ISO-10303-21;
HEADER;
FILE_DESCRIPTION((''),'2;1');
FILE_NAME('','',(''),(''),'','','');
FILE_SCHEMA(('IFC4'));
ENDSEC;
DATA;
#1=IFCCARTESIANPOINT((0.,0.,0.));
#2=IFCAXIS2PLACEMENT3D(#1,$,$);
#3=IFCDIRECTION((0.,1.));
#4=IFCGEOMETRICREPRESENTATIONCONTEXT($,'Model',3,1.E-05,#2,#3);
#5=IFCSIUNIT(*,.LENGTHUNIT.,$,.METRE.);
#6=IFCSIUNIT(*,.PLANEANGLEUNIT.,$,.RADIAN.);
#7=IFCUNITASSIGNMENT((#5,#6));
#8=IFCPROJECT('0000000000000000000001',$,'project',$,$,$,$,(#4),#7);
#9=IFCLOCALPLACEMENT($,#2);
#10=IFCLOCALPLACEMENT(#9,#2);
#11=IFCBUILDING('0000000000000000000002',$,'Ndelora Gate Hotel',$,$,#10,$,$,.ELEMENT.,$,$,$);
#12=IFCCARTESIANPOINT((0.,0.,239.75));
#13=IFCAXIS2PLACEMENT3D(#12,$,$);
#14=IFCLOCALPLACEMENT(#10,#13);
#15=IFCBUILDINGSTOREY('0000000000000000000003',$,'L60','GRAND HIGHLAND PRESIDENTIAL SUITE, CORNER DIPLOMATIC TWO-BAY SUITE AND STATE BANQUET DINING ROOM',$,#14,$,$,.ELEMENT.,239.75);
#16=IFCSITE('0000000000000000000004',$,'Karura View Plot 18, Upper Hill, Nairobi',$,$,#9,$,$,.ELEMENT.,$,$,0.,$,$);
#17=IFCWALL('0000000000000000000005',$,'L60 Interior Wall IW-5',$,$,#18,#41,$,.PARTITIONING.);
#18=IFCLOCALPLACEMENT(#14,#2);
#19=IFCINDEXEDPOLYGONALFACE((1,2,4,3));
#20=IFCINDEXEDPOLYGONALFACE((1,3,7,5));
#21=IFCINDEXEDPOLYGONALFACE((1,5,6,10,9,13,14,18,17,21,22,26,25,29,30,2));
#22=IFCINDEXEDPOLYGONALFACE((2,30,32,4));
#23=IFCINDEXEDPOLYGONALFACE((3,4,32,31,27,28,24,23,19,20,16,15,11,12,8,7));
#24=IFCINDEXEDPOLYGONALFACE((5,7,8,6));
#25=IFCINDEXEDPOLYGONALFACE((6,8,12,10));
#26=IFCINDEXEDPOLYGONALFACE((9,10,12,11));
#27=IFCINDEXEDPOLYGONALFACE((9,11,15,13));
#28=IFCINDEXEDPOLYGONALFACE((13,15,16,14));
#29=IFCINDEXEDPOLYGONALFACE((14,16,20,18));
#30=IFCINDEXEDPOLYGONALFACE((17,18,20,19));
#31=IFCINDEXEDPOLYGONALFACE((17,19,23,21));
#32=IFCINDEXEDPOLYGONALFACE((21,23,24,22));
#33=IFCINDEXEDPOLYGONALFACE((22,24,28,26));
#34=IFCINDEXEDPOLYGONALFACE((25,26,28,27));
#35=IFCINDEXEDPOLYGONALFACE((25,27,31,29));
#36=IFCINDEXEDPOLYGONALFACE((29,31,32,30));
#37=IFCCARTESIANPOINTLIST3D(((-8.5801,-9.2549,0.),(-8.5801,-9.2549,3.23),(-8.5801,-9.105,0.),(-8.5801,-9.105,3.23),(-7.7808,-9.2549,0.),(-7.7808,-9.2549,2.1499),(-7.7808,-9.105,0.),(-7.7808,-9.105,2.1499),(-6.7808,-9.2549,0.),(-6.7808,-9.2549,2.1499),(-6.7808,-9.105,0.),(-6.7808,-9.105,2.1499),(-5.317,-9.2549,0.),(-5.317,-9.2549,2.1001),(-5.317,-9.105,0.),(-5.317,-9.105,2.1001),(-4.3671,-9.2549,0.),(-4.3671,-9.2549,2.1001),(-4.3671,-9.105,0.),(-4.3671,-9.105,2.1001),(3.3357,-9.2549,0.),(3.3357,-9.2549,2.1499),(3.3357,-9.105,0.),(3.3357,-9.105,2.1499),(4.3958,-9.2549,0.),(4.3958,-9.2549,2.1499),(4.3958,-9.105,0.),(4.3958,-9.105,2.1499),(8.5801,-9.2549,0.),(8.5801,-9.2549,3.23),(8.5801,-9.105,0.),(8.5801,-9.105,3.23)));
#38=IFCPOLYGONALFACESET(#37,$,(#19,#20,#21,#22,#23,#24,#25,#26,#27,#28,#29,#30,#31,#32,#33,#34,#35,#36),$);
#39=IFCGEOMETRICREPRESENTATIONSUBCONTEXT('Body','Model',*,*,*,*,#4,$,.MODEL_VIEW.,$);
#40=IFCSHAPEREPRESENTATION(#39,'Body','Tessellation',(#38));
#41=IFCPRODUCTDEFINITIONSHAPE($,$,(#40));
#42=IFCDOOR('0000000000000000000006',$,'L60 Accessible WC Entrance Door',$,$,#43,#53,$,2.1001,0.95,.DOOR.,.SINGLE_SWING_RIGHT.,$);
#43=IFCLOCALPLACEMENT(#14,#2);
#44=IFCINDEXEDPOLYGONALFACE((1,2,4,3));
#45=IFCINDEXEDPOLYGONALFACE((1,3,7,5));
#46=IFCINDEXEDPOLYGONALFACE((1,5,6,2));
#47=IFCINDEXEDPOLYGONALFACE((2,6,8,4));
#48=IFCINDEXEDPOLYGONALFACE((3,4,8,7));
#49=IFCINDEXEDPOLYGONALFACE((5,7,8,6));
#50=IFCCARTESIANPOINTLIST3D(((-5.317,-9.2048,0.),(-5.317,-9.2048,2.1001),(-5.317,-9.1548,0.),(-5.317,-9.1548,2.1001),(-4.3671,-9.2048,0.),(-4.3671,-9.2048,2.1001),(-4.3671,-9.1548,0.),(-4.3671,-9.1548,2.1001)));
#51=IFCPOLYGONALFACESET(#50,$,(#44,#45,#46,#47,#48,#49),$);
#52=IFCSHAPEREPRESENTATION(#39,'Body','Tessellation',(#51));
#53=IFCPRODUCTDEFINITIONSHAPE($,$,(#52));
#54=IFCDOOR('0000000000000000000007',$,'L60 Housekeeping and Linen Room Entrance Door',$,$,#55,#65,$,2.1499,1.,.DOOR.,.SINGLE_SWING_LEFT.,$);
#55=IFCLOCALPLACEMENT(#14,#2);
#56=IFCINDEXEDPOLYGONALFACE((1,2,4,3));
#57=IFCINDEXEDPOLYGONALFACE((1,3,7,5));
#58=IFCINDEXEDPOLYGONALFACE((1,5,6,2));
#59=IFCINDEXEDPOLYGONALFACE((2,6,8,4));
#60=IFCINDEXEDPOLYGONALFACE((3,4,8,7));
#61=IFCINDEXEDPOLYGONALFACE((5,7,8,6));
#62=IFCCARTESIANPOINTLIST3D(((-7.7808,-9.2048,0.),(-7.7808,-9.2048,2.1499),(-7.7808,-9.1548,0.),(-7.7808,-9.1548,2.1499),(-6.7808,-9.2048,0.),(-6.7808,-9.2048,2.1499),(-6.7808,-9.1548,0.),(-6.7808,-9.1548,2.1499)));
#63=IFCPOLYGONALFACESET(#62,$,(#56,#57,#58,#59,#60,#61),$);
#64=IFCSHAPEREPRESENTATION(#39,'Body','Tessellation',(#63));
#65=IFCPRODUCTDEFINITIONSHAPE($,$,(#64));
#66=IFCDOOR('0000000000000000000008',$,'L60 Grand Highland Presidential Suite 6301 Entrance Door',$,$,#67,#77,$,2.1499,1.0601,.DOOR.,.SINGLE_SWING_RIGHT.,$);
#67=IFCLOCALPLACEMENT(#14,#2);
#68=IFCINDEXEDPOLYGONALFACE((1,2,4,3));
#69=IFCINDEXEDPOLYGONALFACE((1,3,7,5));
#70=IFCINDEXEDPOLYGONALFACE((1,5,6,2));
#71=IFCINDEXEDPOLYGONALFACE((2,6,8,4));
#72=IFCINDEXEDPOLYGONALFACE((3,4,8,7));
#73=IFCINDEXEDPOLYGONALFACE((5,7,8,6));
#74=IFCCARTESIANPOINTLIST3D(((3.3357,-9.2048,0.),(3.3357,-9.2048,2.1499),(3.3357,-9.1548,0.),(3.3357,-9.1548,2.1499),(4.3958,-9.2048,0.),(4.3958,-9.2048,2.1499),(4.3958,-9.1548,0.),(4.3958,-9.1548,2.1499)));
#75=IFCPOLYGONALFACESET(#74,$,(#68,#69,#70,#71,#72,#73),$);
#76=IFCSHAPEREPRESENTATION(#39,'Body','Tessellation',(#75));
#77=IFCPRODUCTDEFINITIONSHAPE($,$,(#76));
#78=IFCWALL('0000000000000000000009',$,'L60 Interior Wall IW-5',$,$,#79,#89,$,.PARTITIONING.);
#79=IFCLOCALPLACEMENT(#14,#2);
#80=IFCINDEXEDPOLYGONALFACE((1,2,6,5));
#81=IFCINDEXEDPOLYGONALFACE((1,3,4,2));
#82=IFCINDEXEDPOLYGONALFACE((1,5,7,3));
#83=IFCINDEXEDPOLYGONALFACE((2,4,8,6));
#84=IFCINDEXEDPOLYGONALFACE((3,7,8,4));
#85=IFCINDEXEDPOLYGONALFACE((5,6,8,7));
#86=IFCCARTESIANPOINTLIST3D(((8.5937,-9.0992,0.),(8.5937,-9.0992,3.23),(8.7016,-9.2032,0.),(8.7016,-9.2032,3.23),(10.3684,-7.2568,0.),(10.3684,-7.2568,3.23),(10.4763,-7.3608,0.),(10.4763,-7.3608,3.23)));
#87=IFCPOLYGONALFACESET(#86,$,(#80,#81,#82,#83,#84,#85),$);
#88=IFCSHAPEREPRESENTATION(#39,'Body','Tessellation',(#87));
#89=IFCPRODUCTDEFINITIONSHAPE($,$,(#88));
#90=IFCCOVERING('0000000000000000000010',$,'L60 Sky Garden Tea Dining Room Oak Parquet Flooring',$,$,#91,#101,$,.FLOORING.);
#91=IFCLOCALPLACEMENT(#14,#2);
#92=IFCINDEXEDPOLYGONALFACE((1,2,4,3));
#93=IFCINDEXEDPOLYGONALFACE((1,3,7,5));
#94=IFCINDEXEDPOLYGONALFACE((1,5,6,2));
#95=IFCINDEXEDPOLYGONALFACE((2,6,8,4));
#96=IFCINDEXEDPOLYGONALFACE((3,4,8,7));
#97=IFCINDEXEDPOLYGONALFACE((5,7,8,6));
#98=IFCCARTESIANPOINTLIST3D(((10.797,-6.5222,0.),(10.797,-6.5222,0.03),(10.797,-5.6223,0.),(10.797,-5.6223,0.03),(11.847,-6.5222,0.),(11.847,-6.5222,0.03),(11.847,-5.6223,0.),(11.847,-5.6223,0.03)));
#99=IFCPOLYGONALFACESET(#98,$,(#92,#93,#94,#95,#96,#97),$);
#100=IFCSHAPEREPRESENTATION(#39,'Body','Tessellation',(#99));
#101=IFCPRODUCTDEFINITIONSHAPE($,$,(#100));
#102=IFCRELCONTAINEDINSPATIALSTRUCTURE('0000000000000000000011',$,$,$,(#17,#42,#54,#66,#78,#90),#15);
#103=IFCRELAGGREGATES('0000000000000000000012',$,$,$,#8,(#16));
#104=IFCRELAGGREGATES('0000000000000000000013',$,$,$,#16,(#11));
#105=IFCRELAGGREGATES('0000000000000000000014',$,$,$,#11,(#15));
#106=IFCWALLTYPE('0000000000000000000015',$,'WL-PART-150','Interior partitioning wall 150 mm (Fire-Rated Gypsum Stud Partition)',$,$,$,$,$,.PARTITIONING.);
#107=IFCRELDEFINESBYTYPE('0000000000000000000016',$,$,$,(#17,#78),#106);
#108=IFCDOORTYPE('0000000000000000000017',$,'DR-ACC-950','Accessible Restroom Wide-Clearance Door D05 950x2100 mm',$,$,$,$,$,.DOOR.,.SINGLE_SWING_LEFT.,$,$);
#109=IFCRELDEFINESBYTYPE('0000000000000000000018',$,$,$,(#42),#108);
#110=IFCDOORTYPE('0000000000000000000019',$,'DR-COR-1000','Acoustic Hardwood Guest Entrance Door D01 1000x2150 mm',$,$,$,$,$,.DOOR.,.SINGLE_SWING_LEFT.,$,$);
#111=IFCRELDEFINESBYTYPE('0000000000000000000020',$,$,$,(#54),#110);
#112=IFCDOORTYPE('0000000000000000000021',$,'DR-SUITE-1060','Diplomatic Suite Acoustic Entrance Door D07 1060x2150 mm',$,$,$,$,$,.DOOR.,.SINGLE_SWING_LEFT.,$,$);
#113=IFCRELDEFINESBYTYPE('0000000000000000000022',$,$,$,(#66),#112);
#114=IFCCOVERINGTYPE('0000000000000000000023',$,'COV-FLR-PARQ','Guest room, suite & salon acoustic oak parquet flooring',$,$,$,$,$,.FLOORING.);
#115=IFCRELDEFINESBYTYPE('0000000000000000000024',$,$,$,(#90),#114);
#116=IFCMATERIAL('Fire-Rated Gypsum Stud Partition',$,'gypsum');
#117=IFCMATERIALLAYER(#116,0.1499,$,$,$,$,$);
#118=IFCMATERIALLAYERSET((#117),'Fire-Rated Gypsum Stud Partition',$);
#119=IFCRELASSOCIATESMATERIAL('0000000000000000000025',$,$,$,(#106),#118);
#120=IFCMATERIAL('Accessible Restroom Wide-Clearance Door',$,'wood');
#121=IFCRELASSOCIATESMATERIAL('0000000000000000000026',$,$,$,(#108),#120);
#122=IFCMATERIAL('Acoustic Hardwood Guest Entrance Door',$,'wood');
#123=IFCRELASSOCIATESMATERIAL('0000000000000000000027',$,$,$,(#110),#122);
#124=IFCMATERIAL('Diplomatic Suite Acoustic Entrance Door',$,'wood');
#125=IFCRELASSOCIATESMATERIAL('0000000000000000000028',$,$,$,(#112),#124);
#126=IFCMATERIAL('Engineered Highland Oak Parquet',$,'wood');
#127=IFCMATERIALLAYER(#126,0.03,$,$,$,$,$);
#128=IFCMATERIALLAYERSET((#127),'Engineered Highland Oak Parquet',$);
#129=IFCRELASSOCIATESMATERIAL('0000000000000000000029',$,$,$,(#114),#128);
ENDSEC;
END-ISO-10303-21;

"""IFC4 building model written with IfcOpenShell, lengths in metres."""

from ifc_helpers import new_model, si_unit, direction, frame, frame_2d, origin, origin_2d, place, context, subcontext, project, spatial, rectangle, extrude, material, layer, layer_set, type_object, element, fill, save


model = new_model("IFC4")

# Units and contexts
model_context = context("Model", 3, precision=1e-05, world=origin(), true_north=direction((0.0, 1.0)))
body_context = subcontext(model_context, "Body", "Model", "MODEL_VIEW")
ifc_project = project(units=[si_unit("LENGTHUNIT", "METRE"), si_unit("PLANEANGLEUNIT", "RADIAN")], contexts=[model_context])

# Site, building, storey
site_placement = place(None, origin())
site = spatial("IfcSite", under=ifc_project, at=site_placement, Name="Karura View Plot 18, Upper Hill, Nairobi", CompositionType="ELEMENT", RefElevation=0.0)
building_placement = place(site_placement, origin())
building = spatial("IfcBuilding", under=site, at=building_placement, Name="Ndelora Gate Hotel", CompositionType="ELEMENT")
storey_placement = place(building_placement, frame((0.0, 0.0, 239.75)))
storey = spatial("IfcBuildingStorey", under=building, at=storey_placement, Name="L60", Description="GRAND HIGHLAND PRESIDENTIAL SUITE, CORNER DIPLOMATIC TWO-BAY SUITE AND STATE BANQUET DINING ROOM", CompositionType="ELEMENT", Elevation=239.75)

# Wall, openings, doors
ifc_material_1 = material(Name="Fire-Rated Gypsum Stud Partition", Category="gypsum")
ifc_layer_1 = layer(ifc_material_1, 0.1499)
ifc_layer_set_1 = layer_set([ifc_layer_1], Name="Fire-Rated Gypsum Stud Partition")
wall_type_1 = type_object("IfcWallType", Name="WL-PART-150", Description="Interior partitioning wall 150 mm (Fire-Rated Gypsum Stud Partition)", PredefinedType="PARTITIONING", material=ifc_layer_set_1)
wall_1_placement = place(storey_placement, frame((8.5801, -9.1799, 0.0), z_axis=(0.0, 0.0, 1.0), x_axis=(-1.0, 0.0, 0.0)))
wall_1 = element("IfcWall", 1, at=wall_1_placement, inside=storey, type_object=wall_type_1, Name="L60 Interior Wall IW-5", PredefinedType="PARTITIONING", context=body_context, shape_type="SweptSolid", body=[
    extrude(rectangle(XDim=17.1602, YDim=0.1499, at=frame_2d((8.5801, 0.0))), origin(), (0.0, 0.0, 1.0), 3.23),
])
opening_1_placement = place(wall_1_placement, frame((15.3608, 0.0, 0.0)))
opening_1 = element("IfcOpeningElement", 2, at=opening_1_placement, cuts=wall_1, PredefinedType="OPENING", context=body_context, shape_type="SweptSolid", body=[
    extrude(rectangle(XDim=1.0, YDim=2.1499, at=frame_2d((0.5, 1.075))), frame((0.0, 0.085, 0.0), z_axis=(0.0, -1.0, 0.0), x_axis=(1.0, 0.0, 0.0)), (0.0, 0.0, 1.0), 0.1699),
])
opening_2_placement = place(wall_1_placement, frame((12.947, 0.0, 0.0)))
opening_2 = element("IfcOpeningElement", 3, at=opening_2_placement, cuts=wall_1, PredefinedType="OPENING", context=body_context, shape_type="SweptSolid", body=[
    extrude(rectangle(XDim=0.95, YDim=2.1001, at=frame_2d((0.4751, 1.05))), frame((0.0, 0.085, 0.0), z_axis=(0.0, -1.0, 0.0), x_axis=(1.0, 0.0, 0.0)), (0.0, 0.0, 1.0), 0.1699),
])
opening_3_placement = place(wall_1_placement, frame((4.1843, 0.0, 0.0)))
opening_3 = element("IfcOpeningElement", 4, at=opening_3_placement, cuts=wall_1, PredefinedType="OPENING", context=body_context, shape_type="SweptSolid", body=[
    extrude(rectangle(XDim=1.0601, YDim=2.1499, at=frame_2d((0.53, 1.075))), frame((0.0, 0.085, 0.0), z_axis=(0.0, -1.0, 0.0), x_axis=(1.0, 0.0, 0.0)), (0.0, 0.0, 1.0), 0.1699),
])
ifc_material_2 = material(Name="Accessible Restroom Wide-Clearance Door", Category="wood")
door_type_1 = type_object("IfcDoorType", Name="DR-ACC-950", Description="Accessible Restroom Wide-Clearance Door D05 950x2100 mm", OperationType="SINGLE_SWING_LEFT", PredefinedType="DOOR", material=ifc_material_2)
door_1_placement = place(opening_2_placement, origin())
door_1 = element("IfcDoor", 5, at=door_1_placement, inside=storey, type_object=door_type_1, Name="L60 Accessible WC Entrance Door", OperationType="SINGLE_SWING_RIGHT", OverallHeight=2.1001, OverallWidth=0.95, PredefinedType="DOOR", context=body_context, shape_type="SweptSolid", body=[
    extrude(rectangle(XDim=0.95, YDim=2.1001, at=frame_2d((0.4751, 1.05))), frame((0.0, 0.0249, 0.0), z_axis=(0.0, -1.0, 0.0), x_axis=(1.0, 0.0, 0.0)), (0.0, 0.0, 1.0), 0.05),
])
fill(opening_2, door_1)
ifc_material_3 = material(Name="Acoustic Hardwood Guest Entrance Door", Category="wood")
door_type_2 = type_object("IfcDoorType", Name="DR-COR-1000", Description="Acoustic Hardwood Guest Entrance Door D01 1000x2150 mm", OperationType="SINGLE_SWING_LEFT", PredefinedType="DOOR", material=ifc_material_3)
door_2_placement = place(opening_1_placement, origin())
door_2 = element("IfcDoor", 6, at=door_2_placement, inside=storey, type_object=door_type_2, Name="L60 Housekeeping and Linen Room Entrance Door", OperationType="SINGLE_SWING_LEFT", OverallHeight=2.1499, OverallWidth=1.0, PredefinedType="DOOR", context=body_context, shape_type="SweptSolid", body=[
    extrude(rectangle(XDim=1.0, YDim=2.1499, at=frame_2d((0.5, 1.075))), frame((0.0, 0.0249, 0.0), z_axis=(0.0, -1.0, 0.0), x_axis=(1.0, 0.0, 0.0)), (0.0, 0.0, 1.0), 0.05),
])
fill(opening_1, door_2)
ifc_material_4 = material(Name="Diplomatic Suite Acoustic Entrance Door", Category="wood")
door_type_3 = type_object("IfcDoorType", Name="DR-SUITE-1060", Description="Diplomatic Suite Acoustic Entrance Door D07 1060x2150 mm", OperationType="SINGLE_SWING_LEFT", PredefinedType="DOOR", material=ifc_material_4)
door_3_placement = place(opening_3_placement, origin())
door_3 = element("IfcDoor", 7, at=door_3_placement, inside=storey, type_object=door_type_3, Name="L60 Grand Highland Presidential Suite 6301 Entrance Door", OperationType="SINGLE_SWING_RIGHT", OverallHeight=2.1499, OverallWidth=1.0601, PredefinedType="DOOR", context=body_context, shape_type="SweptSolid", body=[
    extrude(rectangle(XDim=1.0601, YDim=2.1499, at=frame_2d((0.53, 1.075))), frame((0.0, 0.0249, 0.0), z_axis=(0.0, -1.0, 0.0), x_axis=(1.0, 0.0, 0.0)), (0.0, 0.0, 1.0), 0.05),
])
fill(opening_3, door_3)

# Wall
wall_2_placement = place(storey_placement, frame((10.4224, -7.3088, 0.0), z_axis=(0.0, 0.0, 1.0), x_axis=(-0.693765, -0.720202, 0.0)))
element("IfcWall", 8, at=wall_2_placement, inside=storey, type_object=wall_type_1, Name="L60 Interior Wall IW-5", PredefinedType="PARTITIONING", context=body_context, shape_type="SweptSolid", body=[
    extrude(rectangle(XDim=2.5581, YDim=0.1499, at=frame_2d((1.2791, 0.0))), origin(), (0.0, 0.0, 1.0), 3.23),
])

# Covering
ifc_material_5 = material(Name="Engineered Highland Oak Parquet", Category="wood")
ifc_layer_2 = layer(ifc_material_5, 0.03)
ifc_layer_set_2 = layer_set([ifc_layer_2], Name="Engineered Highland Oak Parquet")
covering_type = type_object("IfcCoveringType", Name="COV-FLR-PARQ", Description="Guest room, suite & salon acoustic oak parquet flooring", PredefinedType="FLOORING", material=ifc_layer_set_2)
covering_placement = place(storey_placement, frame((11.322, -6.0723, 0.0), z_axis=(0.0, 0.0, 1.0), x_axis=(1.0, 0.0, 0.0)))
element("IfcCovering", 9, at=covering_placement, inside=storey, type_object=covering_type, Name="L60 Sky Garden Tea Dining Room Oak Parquet Flooring", PredefinedType="FLOORING", context=body_context, shape_type="SweptSolid", body=[
    extrude(rectangle(XDim=1.05, YDim=0.8999, at=origin_2d()), origin(), (0.0, 0.0, 1.0), 0.03),
])

save(model, "model.ifc")
